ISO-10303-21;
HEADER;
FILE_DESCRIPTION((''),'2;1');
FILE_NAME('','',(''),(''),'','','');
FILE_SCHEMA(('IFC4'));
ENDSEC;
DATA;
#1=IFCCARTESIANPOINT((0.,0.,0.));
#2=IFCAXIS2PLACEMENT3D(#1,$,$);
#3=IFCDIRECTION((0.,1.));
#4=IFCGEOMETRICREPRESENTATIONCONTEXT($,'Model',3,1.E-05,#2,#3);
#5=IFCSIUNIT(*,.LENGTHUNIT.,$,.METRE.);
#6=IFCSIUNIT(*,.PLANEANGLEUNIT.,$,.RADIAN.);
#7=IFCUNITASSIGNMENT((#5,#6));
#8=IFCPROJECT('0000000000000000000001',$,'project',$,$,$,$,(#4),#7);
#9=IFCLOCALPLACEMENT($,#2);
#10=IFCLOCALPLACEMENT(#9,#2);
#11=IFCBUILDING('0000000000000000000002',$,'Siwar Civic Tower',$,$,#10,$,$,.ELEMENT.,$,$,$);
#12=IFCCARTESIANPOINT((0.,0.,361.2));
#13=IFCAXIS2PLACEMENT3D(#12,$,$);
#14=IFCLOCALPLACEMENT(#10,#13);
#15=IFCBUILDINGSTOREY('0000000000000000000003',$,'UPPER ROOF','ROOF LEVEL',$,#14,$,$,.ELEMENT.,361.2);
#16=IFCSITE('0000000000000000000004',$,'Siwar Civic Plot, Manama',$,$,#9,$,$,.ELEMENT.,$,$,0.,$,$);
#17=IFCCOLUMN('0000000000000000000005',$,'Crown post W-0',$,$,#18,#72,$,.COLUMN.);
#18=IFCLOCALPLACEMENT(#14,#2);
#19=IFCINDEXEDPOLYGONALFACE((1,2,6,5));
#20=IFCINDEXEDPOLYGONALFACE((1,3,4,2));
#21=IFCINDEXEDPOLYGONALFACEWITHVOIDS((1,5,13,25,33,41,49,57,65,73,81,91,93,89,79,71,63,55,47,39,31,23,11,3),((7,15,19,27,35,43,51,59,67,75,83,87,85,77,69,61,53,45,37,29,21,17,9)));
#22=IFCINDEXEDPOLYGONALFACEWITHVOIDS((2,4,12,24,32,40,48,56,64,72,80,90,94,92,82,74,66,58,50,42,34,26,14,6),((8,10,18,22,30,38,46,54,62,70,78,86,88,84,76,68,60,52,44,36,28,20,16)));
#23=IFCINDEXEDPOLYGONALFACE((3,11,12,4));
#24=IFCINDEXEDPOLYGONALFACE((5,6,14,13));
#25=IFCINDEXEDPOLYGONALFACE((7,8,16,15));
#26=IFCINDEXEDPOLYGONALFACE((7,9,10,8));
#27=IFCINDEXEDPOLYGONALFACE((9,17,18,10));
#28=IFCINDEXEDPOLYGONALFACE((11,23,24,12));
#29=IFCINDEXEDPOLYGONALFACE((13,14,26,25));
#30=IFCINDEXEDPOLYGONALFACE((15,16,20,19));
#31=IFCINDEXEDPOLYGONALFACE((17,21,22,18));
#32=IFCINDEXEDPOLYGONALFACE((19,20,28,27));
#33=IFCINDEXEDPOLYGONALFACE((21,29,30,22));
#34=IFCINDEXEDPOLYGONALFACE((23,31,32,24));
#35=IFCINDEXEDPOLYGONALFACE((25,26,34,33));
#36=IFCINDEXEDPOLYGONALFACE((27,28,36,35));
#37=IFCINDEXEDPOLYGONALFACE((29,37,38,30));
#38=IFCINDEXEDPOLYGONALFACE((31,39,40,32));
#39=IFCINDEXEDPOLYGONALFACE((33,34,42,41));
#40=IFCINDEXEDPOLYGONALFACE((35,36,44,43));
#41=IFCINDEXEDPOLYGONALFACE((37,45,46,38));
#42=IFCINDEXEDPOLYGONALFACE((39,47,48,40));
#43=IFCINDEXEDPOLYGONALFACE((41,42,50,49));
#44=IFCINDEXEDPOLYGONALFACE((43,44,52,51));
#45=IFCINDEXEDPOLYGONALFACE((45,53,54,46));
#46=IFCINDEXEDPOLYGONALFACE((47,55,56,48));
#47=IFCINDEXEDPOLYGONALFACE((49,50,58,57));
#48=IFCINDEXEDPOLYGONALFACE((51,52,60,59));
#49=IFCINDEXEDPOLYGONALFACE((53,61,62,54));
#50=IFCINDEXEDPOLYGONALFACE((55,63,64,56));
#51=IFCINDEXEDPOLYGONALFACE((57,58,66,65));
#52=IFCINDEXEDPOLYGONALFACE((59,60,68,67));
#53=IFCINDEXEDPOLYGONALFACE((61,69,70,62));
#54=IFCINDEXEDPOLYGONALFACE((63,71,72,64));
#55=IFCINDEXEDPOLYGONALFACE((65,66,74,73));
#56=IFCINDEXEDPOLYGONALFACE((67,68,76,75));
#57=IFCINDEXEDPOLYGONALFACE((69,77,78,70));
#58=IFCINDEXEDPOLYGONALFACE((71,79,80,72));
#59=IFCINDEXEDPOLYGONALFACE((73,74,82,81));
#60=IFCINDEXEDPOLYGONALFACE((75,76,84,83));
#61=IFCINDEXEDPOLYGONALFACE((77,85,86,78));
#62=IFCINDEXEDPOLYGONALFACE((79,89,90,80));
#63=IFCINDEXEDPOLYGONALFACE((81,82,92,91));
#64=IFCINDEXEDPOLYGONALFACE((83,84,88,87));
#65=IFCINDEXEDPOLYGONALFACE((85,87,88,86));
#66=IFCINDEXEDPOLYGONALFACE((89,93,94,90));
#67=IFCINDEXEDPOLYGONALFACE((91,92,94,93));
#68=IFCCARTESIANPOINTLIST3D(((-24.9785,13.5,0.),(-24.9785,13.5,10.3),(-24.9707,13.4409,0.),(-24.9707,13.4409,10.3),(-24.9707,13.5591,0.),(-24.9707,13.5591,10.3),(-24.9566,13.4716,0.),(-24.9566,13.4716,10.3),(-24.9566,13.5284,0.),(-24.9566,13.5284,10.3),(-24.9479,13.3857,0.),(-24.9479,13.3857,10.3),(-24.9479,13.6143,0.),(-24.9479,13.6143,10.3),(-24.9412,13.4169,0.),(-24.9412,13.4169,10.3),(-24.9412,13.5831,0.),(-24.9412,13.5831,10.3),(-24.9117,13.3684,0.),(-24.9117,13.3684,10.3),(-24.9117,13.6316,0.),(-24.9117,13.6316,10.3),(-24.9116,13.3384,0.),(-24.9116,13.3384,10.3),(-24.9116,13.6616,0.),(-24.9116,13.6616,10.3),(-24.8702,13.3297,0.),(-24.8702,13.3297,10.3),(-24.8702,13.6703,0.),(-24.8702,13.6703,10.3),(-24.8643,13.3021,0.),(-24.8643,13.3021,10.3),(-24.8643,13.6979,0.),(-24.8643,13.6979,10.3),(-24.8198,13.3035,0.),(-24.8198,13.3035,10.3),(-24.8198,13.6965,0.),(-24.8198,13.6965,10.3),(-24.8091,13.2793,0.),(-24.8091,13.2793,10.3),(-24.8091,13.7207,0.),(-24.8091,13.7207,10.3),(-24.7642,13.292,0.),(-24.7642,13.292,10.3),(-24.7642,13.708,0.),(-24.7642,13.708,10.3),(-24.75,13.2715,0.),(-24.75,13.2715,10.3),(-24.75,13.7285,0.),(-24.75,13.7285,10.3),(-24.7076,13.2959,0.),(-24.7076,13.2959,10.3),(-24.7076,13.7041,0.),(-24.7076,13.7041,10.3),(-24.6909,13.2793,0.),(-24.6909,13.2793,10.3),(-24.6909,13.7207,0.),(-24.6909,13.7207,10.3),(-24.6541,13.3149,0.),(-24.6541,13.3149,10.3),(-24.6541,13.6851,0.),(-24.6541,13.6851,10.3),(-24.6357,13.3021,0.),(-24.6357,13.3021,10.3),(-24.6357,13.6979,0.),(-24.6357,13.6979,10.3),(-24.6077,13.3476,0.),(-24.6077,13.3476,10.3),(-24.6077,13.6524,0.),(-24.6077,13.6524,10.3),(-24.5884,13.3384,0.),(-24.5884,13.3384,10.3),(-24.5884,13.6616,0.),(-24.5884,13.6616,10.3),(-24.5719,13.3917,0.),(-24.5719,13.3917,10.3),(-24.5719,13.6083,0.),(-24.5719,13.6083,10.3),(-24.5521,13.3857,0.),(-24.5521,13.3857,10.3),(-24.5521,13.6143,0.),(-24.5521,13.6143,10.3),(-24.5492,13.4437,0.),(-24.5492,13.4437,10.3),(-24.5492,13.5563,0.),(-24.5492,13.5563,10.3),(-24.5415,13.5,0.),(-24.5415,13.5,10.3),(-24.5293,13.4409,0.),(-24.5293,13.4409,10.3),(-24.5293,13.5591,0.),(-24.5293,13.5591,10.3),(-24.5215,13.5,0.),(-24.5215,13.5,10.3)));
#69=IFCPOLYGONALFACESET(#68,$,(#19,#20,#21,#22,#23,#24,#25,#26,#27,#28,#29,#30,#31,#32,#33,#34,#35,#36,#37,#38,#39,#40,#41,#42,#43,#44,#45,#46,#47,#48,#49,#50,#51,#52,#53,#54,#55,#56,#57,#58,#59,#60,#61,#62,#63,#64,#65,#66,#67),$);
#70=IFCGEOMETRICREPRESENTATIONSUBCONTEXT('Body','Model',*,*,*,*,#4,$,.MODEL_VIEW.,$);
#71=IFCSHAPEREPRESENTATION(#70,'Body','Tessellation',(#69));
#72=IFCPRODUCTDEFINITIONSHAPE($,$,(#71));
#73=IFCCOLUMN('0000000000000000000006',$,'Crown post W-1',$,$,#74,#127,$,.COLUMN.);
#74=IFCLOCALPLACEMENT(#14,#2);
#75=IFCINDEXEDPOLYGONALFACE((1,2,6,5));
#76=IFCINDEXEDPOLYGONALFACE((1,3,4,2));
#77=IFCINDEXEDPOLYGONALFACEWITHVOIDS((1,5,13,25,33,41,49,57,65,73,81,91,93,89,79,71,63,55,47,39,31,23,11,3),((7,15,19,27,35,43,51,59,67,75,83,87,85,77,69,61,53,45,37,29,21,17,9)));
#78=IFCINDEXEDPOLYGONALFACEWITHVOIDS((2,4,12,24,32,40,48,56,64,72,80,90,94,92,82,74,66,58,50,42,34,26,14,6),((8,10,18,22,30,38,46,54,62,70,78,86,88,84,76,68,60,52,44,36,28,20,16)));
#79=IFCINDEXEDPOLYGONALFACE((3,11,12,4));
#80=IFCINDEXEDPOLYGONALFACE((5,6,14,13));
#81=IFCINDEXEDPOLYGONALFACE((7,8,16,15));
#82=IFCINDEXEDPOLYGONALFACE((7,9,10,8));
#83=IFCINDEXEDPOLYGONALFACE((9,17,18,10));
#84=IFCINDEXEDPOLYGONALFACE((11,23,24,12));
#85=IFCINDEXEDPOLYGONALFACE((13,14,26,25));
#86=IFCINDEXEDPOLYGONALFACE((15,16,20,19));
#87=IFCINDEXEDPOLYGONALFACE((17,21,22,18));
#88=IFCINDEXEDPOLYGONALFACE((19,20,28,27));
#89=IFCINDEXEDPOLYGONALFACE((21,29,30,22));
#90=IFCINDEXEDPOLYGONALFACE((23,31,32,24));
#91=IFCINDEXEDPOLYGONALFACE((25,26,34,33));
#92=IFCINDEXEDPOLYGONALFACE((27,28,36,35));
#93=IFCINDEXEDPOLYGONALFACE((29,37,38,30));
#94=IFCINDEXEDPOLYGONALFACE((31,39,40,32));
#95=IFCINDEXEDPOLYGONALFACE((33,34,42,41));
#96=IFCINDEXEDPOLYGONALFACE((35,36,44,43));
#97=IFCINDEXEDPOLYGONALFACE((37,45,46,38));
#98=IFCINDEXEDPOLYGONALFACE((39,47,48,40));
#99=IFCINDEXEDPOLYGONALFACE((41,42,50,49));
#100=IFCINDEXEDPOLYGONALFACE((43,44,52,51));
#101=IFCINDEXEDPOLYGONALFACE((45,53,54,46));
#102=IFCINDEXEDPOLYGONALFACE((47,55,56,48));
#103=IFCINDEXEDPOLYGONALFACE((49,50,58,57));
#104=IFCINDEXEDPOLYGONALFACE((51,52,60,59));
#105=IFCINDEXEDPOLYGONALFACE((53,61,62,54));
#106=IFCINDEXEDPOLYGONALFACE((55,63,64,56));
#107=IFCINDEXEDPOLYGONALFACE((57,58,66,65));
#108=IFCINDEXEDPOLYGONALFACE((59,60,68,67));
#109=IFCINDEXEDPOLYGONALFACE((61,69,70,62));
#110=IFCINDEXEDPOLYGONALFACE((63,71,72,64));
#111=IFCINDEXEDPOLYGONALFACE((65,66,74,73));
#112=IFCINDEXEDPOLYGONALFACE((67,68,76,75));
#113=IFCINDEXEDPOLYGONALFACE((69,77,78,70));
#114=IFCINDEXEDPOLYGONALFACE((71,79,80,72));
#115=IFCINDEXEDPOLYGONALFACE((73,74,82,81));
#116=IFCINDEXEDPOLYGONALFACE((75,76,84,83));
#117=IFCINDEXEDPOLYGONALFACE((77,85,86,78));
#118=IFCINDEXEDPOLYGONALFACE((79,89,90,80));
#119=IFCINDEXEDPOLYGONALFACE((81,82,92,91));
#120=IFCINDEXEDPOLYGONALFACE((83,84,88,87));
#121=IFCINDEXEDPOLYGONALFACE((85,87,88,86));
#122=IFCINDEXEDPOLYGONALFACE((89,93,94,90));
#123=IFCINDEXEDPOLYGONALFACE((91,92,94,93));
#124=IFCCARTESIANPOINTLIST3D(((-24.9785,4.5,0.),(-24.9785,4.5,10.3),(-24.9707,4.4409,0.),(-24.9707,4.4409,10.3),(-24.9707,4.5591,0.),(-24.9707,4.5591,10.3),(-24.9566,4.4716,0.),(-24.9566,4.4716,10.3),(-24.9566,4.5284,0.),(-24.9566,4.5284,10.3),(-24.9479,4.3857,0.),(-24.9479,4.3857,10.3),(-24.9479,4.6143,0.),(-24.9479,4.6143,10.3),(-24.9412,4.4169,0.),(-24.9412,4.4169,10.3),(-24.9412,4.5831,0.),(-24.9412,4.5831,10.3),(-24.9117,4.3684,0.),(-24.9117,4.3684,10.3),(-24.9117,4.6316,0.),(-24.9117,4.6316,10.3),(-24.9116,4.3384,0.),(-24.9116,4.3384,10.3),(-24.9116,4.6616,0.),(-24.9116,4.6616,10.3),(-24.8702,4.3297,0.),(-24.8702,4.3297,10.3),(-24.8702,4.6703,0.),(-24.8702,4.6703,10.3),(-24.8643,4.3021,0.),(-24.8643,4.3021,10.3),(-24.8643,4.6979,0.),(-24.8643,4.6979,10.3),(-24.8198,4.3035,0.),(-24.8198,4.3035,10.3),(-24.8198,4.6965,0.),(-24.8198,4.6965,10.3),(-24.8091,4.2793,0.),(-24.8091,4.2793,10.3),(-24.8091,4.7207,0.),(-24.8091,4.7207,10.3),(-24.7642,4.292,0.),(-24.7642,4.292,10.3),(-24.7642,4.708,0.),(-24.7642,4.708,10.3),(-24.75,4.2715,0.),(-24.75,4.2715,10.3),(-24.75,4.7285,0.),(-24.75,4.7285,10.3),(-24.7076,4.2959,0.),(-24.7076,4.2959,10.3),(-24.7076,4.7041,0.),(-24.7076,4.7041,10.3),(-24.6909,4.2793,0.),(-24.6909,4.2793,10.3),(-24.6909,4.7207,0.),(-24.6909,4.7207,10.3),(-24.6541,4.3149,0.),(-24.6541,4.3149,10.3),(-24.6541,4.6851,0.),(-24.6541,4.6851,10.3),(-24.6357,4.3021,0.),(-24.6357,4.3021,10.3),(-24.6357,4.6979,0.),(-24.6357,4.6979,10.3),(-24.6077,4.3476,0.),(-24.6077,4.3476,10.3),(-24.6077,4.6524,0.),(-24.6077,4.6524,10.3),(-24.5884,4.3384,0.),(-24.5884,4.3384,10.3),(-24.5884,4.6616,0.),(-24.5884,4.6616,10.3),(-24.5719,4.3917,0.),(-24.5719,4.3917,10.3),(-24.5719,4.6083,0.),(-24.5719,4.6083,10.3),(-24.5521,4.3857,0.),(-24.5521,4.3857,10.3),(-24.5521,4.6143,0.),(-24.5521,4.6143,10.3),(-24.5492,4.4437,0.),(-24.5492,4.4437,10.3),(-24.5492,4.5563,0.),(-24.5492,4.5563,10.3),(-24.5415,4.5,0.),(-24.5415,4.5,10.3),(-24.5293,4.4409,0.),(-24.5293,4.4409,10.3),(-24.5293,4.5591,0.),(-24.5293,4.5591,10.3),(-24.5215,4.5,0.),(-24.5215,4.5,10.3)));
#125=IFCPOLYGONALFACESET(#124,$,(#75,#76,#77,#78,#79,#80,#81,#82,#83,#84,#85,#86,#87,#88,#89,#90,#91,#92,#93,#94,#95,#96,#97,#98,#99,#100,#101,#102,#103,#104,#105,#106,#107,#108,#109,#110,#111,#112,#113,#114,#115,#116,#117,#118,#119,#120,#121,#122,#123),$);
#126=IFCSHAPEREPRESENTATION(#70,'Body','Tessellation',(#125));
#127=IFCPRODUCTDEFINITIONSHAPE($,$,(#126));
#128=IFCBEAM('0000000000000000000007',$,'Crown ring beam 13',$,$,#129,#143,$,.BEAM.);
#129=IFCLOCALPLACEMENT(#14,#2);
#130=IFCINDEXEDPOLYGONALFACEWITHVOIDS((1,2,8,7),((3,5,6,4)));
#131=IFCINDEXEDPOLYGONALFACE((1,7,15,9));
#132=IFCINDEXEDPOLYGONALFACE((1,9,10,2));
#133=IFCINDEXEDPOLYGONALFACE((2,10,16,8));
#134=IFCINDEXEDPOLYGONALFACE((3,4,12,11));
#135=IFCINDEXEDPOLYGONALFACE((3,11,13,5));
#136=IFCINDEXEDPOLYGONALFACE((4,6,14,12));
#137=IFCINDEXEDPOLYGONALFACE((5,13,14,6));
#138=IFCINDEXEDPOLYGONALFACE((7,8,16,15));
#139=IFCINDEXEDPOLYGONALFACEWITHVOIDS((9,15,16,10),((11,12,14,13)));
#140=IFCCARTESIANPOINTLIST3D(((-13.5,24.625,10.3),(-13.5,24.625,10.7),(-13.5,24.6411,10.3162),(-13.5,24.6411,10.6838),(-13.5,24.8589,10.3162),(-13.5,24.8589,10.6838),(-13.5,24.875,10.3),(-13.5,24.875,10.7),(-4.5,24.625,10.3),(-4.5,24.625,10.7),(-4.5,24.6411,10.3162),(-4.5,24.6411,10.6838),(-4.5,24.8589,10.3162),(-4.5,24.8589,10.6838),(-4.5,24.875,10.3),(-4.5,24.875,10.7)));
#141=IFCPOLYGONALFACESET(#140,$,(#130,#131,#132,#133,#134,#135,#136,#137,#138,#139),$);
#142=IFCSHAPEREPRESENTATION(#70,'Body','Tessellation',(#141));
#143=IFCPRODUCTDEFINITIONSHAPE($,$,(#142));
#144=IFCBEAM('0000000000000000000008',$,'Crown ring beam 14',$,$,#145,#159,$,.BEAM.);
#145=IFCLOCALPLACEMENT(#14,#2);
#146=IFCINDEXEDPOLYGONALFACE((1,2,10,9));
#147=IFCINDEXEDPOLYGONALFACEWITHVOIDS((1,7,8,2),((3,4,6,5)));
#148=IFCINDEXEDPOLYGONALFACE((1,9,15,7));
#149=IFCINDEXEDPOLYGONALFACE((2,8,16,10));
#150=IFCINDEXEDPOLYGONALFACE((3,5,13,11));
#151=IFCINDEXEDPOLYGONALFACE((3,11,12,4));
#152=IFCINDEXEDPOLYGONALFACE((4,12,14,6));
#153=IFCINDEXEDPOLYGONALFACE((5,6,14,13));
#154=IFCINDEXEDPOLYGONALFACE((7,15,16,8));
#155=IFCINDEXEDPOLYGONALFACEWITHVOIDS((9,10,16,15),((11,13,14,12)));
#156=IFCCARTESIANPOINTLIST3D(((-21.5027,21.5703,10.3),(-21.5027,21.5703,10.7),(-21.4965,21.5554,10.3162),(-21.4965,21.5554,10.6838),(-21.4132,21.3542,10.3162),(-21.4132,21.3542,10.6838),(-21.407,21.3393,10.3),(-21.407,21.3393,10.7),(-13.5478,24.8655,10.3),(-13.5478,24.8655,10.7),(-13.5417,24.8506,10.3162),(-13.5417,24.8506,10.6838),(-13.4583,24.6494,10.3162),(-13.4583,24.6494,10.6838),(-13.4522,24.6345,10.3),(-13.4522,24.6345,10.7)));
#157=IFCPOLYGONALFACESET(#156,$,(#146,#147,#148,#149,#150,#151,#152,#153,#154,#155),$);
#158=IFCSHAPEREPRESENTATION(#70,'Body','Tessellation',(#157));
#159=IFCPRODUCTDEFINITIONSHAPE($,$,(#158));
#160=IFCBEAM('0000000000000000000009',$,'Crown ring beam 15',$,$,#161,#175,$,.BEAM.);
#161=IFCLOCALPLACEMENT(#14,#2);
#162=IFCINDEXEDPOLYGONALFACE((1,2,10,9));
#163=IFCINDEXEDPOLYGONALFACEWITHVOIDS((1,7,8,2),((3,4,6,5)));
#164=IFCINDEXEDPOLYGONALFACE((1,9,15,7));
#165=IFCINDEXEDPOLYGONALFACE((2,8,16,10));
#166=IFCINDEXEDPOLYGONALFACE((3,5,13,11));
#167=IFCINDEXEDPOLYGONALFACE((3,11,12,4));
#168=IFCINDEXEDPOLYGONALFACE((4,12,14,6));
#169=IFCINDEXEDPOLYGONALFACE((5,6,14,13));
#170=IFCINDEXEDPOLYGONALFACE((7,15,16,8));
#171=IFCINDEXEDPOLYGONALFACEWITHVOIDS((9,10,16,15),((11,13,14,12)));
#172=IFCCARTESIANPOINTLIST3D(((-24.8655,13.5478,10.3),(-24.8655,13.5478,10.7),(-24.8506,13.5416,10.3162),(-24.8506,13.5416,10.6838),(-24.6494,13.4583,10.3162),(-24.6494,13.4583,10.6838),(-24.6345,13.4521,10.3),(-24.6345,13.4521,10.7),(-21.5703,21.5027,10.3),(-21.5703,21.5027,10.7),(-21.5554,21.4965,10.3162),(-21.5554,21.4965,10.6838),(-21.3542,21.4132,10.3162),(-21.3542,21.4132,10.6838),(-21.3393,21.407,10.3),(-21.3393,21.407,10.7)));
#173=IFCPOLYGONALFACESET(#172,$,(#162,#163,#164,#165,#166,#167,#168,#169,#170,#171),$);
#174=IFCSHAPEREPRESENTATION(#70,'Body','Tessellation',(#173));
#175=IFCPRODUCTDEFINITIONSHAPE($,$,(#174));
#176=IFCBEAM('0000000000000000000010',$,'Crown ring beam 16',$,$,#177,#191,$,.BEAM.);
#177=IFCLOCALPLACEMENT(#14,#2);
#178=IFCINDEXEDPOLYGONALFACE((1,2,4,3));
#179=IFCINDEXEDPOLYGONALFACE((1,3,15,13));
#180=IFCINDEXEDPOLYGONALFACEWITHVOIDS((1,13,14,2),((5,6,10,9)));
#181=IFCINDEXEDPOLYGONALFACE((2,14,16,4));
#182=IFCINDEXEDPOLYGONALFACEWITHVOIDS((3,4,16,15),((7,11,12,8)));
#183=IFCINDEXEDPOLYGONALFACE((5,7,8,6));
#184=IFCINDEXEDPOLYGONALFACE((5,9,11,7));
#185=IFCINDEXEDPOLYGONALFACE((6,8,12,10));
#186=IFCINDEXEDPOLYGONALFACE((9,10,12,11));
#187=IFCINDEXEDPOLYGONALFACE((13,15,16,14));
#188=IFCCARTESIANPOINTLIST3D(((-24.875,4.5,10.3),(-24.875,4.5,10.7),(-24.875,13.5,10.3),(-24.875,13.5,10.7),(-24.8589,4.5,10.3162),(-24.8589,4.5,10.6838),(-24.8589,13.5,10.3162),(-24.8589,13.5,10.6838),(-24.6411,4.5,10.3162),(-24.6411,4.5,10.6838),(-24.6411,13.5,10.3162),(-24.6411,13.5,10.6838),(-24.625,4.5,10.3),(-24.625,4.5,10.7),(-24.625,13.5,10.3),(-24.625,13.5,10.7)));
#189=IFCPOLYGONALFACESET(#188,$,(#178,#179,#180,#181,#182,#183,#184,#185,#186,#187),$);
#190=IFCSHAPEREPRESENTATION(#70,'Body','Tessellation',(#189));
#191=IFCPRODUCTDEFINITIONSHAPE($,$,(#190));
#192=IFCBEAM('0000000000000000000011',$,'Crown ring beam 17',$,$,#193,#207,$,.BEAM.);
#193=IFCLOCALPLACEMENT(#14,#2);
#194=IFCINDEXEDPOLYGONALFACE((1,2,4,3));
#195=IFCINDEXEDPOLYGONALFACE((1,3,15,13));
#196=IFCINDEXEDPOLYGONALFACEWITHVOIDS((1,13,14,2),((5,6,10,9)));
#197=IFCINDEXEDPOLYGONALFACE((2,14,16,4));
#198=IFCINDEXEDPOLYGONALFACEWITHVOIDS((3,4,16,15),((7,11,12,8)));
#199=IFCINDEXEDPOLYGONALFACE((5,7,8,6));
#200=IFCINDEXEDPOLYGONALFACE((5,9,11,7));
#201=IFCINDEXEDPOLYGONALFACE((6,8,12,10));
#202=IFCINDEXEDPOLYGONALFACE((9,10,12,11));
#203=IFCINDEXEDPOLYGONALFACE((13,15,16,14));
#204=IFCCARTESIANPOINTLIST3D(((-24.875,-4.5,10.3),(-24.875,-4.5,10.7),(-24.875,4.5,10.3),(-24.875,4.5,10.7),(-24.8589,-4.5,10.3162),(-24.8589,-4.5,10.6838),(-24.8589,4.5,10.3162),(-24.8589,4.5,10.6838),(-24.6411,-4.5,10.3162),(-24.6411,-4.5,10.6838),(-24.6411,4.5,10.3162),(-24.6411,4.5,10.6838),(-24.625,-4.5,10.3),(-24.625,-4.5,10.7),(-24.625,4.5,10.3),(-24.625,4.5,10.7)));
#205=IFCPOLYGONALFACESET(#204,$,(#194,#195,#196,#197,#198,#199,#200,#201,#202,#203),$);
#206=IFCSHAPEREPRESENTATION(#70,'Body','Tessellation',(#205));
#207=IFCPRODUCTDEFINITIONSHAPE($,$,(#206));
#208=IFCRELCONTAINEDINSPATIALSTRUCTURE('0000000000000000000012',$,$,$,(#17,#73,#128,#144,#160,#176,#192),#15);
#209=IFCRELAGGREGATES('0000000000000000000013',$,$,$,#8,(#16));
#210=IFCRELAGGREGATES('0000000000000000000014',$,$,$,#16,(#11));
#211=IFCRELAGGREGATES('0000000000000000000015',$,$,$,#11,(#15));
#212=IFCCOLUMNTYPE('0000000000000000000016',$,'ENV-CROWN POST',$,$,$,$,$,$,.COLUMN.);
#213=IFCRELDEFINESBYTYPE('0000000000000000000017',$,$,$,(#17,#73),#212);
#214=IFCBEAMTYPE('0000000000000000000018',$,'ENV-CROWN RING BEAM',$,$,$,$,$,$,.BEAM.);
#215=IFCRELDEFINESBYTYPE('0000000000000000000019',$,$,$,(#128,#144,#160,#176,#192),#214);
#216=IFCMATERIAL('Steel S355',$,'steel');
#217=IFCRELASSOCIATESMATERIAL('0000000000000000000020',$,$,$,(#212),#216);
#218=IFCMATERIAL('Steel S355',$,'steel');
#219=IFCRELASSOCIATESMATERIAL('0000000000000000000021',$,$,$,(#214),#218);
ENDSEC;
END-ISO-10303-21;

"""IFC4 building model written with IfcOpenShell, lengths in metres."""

from ifc_helpers import new_model, si_unit, direction, frame, origin, origin_2d, place, context, subcontext, project, spatial, hollow_rectangle, hollow_circle, extrude, material, material_profile, profile_set, type_object, element, save


model = new_model("IFC4")

# Units and contexts
model_context = context("Model", 3, precision=1e-05, world=origin(), true_north=direction((0.0, 1.0)))
body_context = subcontext(model_context, "Body", "Model", "MODEL_VIEW")
ifc_project = project(units=[si_unit("LENGTHUNIT", "METRE"), si_unit("PLANEANGLEUNIT", "RADIAN")], contexts=[model_context])

# Site, building, storey
site_placement = place(None, origin())
site = spatial("IfcSite", under=ifc_project, at=site_placement, Name="Siwar Civic Plot, Manama", CompositionType="ELEMENT", RefElevation=0.0)
building_placement = place(site_placement, origin())
building = spatial("IfcBuilding", under=site, at=building_placement, Name="Siwar Civic Tower", CompositionType="ELEMENT")
storey_placement = place(building_placement, frame((0.0, 0.0, 361.2)))
storey = spatial("IfcBuildingStorey", under=building, at=storey_placement, Name="UPPER ROOF", Description="ROOF LEVEL", CompositionType="ELEMENT", Elevation=361.2)

# Columns
ifc_material_1 = material(Name="Steel S355", Category="steel")
ifc_material_profile_1 = material_profile(ifc_material_1, hollow_circle(Radius=0.2285, WallThickness=0.02, at=origin_2d()), Name="CHS457x20")
ifc_profile_set_1 = profile_set([ifc_material_profile_1], Name="Steel S355")
column_type = type_object("IfcColumnType", Name="ENV-CROWN POST", PredefinedType="COLUMN", material=ifc_profile_set_1)
for number, where, z_axis, x_axis, name in (
    (1, (-24.75, 13.5, 0.0), (0.0, 0.0, 1.0), (1.0, 0.0, 0.0), "Crown post W-0"),
    (2, (-24.75, 4.5, 0.0), (0.0, 0.0, 1.0), (1.0, 0.0, 0.0), "Crown post W-1"),
):
    element("IfcColumn", number, at=place(storey_placement, frame(where, z_axis=z_axis, x_axis=x_axis)), inside=storey, type_object=column_type, Name=name, PredefinedType="COLUMN", context=body_context, shape_type="SweptSolid", body=[
        extrude(hollow_circle(Radius=0.2285, WallThickness=0.02, at=origin_2d()), origin(), (0.0, 0.0, 1.0), 10.3),
    ])

# Beams
ifc_material_2 = material(Name="Steel S355", Category="steel")
ifc_material_profile_2 = material_profile(ifc_material_2, hollow_rectangle(XDim=0.25, YDim=0.3999, WallThickness=0.0161, at=origin_2d()), Name="RHS400x250x16")
ifc_profile_set_2 = profile_set([ifc_material_profile_2], Name="Steel S355")
beam_type = type_object("IfcBeamType", Name="ENV-CROWN RING BEAM", PredefinedType="BEAM", material=ifc_profile_set_2)
beam_placement = place(storey_placement, frame((-4.5, 24.75, 10.5), z_axis=(-1.0, 0.0, 0.0), x_axis=(0.0, -1.0, 0.0)))
element("IfcBeam", 3, at=beam_placement, inside=storey, type_object=beam_type, Name="Crown ring beam 13", PredefinedType="BEAM", context=body_context, shape_type="SweptSolid", body=[
    extrude(hollow_rectangle(XDim=0.25, YDim=0.3999, WallThickness=0.0161, at=origin_2d()), origin(), (0.0, 0.0, 1.0), 9.0),
])
for number, where, z_axis, x_axis, name in (
    (4, (-13.5, 24.75, 10.5), (-0.923873, -0.3827, 0.0), (0.3827, -0.923873, 0.0), "Crown ring beam 14"),
    (5, (-21.4548, 21.4548, 10.5), (-0.3827, -0.923873, 0.0), (0.923873, -0.3827, 0.0), "Crown ring beam 15"),
):
    element("IfcBeam", number, at=place(storey_placement, frame(where, z_axis=z_axis, x_axis=x_axis)), inside=storey, type_object=beam_type, Name=name, PredefinedType="BEAM", context=body_context, shape_type="SweptSolid", body=[
        extrude(hollow_rectangle(XDim=0.25, YDim=0.3999, WallThickness=0.0161, at=origin_2d()), origin(), (0.0, 0.0, 1.0), 8.6104),
    ])
for number, where, z_axis, x_axis, name in (
    (6, (-24.75, 13.5, 10.5), (0.0, -1.0, 0.0), (1.0, 0.0, 0.0), "Crown ring beam 16"),
    (7, (-24.75, 4.5, 10.5), (0.0, -1.0, 0.0), (1.0, 0.0, 0.0), "Crown ring beam 17"),
):
    element("IfcBeam", number, at=place(storey_placement, frame(where, z_axis=z_axis, x_axis=x_axis)), inside=storey, type_object=beam_type, Name=name, PredefinedType="BEAM", context=body_context, shape_type="SweptSolid", body=[
        extrude(hollow_rectangle(XDim=0.25, YDim=0.3999, WallThickness=0.0161, at=origin_2d()), origin(), (0.0, 0.0, 1.0), 9.0),
    ])

save(model, "model.ifc")
